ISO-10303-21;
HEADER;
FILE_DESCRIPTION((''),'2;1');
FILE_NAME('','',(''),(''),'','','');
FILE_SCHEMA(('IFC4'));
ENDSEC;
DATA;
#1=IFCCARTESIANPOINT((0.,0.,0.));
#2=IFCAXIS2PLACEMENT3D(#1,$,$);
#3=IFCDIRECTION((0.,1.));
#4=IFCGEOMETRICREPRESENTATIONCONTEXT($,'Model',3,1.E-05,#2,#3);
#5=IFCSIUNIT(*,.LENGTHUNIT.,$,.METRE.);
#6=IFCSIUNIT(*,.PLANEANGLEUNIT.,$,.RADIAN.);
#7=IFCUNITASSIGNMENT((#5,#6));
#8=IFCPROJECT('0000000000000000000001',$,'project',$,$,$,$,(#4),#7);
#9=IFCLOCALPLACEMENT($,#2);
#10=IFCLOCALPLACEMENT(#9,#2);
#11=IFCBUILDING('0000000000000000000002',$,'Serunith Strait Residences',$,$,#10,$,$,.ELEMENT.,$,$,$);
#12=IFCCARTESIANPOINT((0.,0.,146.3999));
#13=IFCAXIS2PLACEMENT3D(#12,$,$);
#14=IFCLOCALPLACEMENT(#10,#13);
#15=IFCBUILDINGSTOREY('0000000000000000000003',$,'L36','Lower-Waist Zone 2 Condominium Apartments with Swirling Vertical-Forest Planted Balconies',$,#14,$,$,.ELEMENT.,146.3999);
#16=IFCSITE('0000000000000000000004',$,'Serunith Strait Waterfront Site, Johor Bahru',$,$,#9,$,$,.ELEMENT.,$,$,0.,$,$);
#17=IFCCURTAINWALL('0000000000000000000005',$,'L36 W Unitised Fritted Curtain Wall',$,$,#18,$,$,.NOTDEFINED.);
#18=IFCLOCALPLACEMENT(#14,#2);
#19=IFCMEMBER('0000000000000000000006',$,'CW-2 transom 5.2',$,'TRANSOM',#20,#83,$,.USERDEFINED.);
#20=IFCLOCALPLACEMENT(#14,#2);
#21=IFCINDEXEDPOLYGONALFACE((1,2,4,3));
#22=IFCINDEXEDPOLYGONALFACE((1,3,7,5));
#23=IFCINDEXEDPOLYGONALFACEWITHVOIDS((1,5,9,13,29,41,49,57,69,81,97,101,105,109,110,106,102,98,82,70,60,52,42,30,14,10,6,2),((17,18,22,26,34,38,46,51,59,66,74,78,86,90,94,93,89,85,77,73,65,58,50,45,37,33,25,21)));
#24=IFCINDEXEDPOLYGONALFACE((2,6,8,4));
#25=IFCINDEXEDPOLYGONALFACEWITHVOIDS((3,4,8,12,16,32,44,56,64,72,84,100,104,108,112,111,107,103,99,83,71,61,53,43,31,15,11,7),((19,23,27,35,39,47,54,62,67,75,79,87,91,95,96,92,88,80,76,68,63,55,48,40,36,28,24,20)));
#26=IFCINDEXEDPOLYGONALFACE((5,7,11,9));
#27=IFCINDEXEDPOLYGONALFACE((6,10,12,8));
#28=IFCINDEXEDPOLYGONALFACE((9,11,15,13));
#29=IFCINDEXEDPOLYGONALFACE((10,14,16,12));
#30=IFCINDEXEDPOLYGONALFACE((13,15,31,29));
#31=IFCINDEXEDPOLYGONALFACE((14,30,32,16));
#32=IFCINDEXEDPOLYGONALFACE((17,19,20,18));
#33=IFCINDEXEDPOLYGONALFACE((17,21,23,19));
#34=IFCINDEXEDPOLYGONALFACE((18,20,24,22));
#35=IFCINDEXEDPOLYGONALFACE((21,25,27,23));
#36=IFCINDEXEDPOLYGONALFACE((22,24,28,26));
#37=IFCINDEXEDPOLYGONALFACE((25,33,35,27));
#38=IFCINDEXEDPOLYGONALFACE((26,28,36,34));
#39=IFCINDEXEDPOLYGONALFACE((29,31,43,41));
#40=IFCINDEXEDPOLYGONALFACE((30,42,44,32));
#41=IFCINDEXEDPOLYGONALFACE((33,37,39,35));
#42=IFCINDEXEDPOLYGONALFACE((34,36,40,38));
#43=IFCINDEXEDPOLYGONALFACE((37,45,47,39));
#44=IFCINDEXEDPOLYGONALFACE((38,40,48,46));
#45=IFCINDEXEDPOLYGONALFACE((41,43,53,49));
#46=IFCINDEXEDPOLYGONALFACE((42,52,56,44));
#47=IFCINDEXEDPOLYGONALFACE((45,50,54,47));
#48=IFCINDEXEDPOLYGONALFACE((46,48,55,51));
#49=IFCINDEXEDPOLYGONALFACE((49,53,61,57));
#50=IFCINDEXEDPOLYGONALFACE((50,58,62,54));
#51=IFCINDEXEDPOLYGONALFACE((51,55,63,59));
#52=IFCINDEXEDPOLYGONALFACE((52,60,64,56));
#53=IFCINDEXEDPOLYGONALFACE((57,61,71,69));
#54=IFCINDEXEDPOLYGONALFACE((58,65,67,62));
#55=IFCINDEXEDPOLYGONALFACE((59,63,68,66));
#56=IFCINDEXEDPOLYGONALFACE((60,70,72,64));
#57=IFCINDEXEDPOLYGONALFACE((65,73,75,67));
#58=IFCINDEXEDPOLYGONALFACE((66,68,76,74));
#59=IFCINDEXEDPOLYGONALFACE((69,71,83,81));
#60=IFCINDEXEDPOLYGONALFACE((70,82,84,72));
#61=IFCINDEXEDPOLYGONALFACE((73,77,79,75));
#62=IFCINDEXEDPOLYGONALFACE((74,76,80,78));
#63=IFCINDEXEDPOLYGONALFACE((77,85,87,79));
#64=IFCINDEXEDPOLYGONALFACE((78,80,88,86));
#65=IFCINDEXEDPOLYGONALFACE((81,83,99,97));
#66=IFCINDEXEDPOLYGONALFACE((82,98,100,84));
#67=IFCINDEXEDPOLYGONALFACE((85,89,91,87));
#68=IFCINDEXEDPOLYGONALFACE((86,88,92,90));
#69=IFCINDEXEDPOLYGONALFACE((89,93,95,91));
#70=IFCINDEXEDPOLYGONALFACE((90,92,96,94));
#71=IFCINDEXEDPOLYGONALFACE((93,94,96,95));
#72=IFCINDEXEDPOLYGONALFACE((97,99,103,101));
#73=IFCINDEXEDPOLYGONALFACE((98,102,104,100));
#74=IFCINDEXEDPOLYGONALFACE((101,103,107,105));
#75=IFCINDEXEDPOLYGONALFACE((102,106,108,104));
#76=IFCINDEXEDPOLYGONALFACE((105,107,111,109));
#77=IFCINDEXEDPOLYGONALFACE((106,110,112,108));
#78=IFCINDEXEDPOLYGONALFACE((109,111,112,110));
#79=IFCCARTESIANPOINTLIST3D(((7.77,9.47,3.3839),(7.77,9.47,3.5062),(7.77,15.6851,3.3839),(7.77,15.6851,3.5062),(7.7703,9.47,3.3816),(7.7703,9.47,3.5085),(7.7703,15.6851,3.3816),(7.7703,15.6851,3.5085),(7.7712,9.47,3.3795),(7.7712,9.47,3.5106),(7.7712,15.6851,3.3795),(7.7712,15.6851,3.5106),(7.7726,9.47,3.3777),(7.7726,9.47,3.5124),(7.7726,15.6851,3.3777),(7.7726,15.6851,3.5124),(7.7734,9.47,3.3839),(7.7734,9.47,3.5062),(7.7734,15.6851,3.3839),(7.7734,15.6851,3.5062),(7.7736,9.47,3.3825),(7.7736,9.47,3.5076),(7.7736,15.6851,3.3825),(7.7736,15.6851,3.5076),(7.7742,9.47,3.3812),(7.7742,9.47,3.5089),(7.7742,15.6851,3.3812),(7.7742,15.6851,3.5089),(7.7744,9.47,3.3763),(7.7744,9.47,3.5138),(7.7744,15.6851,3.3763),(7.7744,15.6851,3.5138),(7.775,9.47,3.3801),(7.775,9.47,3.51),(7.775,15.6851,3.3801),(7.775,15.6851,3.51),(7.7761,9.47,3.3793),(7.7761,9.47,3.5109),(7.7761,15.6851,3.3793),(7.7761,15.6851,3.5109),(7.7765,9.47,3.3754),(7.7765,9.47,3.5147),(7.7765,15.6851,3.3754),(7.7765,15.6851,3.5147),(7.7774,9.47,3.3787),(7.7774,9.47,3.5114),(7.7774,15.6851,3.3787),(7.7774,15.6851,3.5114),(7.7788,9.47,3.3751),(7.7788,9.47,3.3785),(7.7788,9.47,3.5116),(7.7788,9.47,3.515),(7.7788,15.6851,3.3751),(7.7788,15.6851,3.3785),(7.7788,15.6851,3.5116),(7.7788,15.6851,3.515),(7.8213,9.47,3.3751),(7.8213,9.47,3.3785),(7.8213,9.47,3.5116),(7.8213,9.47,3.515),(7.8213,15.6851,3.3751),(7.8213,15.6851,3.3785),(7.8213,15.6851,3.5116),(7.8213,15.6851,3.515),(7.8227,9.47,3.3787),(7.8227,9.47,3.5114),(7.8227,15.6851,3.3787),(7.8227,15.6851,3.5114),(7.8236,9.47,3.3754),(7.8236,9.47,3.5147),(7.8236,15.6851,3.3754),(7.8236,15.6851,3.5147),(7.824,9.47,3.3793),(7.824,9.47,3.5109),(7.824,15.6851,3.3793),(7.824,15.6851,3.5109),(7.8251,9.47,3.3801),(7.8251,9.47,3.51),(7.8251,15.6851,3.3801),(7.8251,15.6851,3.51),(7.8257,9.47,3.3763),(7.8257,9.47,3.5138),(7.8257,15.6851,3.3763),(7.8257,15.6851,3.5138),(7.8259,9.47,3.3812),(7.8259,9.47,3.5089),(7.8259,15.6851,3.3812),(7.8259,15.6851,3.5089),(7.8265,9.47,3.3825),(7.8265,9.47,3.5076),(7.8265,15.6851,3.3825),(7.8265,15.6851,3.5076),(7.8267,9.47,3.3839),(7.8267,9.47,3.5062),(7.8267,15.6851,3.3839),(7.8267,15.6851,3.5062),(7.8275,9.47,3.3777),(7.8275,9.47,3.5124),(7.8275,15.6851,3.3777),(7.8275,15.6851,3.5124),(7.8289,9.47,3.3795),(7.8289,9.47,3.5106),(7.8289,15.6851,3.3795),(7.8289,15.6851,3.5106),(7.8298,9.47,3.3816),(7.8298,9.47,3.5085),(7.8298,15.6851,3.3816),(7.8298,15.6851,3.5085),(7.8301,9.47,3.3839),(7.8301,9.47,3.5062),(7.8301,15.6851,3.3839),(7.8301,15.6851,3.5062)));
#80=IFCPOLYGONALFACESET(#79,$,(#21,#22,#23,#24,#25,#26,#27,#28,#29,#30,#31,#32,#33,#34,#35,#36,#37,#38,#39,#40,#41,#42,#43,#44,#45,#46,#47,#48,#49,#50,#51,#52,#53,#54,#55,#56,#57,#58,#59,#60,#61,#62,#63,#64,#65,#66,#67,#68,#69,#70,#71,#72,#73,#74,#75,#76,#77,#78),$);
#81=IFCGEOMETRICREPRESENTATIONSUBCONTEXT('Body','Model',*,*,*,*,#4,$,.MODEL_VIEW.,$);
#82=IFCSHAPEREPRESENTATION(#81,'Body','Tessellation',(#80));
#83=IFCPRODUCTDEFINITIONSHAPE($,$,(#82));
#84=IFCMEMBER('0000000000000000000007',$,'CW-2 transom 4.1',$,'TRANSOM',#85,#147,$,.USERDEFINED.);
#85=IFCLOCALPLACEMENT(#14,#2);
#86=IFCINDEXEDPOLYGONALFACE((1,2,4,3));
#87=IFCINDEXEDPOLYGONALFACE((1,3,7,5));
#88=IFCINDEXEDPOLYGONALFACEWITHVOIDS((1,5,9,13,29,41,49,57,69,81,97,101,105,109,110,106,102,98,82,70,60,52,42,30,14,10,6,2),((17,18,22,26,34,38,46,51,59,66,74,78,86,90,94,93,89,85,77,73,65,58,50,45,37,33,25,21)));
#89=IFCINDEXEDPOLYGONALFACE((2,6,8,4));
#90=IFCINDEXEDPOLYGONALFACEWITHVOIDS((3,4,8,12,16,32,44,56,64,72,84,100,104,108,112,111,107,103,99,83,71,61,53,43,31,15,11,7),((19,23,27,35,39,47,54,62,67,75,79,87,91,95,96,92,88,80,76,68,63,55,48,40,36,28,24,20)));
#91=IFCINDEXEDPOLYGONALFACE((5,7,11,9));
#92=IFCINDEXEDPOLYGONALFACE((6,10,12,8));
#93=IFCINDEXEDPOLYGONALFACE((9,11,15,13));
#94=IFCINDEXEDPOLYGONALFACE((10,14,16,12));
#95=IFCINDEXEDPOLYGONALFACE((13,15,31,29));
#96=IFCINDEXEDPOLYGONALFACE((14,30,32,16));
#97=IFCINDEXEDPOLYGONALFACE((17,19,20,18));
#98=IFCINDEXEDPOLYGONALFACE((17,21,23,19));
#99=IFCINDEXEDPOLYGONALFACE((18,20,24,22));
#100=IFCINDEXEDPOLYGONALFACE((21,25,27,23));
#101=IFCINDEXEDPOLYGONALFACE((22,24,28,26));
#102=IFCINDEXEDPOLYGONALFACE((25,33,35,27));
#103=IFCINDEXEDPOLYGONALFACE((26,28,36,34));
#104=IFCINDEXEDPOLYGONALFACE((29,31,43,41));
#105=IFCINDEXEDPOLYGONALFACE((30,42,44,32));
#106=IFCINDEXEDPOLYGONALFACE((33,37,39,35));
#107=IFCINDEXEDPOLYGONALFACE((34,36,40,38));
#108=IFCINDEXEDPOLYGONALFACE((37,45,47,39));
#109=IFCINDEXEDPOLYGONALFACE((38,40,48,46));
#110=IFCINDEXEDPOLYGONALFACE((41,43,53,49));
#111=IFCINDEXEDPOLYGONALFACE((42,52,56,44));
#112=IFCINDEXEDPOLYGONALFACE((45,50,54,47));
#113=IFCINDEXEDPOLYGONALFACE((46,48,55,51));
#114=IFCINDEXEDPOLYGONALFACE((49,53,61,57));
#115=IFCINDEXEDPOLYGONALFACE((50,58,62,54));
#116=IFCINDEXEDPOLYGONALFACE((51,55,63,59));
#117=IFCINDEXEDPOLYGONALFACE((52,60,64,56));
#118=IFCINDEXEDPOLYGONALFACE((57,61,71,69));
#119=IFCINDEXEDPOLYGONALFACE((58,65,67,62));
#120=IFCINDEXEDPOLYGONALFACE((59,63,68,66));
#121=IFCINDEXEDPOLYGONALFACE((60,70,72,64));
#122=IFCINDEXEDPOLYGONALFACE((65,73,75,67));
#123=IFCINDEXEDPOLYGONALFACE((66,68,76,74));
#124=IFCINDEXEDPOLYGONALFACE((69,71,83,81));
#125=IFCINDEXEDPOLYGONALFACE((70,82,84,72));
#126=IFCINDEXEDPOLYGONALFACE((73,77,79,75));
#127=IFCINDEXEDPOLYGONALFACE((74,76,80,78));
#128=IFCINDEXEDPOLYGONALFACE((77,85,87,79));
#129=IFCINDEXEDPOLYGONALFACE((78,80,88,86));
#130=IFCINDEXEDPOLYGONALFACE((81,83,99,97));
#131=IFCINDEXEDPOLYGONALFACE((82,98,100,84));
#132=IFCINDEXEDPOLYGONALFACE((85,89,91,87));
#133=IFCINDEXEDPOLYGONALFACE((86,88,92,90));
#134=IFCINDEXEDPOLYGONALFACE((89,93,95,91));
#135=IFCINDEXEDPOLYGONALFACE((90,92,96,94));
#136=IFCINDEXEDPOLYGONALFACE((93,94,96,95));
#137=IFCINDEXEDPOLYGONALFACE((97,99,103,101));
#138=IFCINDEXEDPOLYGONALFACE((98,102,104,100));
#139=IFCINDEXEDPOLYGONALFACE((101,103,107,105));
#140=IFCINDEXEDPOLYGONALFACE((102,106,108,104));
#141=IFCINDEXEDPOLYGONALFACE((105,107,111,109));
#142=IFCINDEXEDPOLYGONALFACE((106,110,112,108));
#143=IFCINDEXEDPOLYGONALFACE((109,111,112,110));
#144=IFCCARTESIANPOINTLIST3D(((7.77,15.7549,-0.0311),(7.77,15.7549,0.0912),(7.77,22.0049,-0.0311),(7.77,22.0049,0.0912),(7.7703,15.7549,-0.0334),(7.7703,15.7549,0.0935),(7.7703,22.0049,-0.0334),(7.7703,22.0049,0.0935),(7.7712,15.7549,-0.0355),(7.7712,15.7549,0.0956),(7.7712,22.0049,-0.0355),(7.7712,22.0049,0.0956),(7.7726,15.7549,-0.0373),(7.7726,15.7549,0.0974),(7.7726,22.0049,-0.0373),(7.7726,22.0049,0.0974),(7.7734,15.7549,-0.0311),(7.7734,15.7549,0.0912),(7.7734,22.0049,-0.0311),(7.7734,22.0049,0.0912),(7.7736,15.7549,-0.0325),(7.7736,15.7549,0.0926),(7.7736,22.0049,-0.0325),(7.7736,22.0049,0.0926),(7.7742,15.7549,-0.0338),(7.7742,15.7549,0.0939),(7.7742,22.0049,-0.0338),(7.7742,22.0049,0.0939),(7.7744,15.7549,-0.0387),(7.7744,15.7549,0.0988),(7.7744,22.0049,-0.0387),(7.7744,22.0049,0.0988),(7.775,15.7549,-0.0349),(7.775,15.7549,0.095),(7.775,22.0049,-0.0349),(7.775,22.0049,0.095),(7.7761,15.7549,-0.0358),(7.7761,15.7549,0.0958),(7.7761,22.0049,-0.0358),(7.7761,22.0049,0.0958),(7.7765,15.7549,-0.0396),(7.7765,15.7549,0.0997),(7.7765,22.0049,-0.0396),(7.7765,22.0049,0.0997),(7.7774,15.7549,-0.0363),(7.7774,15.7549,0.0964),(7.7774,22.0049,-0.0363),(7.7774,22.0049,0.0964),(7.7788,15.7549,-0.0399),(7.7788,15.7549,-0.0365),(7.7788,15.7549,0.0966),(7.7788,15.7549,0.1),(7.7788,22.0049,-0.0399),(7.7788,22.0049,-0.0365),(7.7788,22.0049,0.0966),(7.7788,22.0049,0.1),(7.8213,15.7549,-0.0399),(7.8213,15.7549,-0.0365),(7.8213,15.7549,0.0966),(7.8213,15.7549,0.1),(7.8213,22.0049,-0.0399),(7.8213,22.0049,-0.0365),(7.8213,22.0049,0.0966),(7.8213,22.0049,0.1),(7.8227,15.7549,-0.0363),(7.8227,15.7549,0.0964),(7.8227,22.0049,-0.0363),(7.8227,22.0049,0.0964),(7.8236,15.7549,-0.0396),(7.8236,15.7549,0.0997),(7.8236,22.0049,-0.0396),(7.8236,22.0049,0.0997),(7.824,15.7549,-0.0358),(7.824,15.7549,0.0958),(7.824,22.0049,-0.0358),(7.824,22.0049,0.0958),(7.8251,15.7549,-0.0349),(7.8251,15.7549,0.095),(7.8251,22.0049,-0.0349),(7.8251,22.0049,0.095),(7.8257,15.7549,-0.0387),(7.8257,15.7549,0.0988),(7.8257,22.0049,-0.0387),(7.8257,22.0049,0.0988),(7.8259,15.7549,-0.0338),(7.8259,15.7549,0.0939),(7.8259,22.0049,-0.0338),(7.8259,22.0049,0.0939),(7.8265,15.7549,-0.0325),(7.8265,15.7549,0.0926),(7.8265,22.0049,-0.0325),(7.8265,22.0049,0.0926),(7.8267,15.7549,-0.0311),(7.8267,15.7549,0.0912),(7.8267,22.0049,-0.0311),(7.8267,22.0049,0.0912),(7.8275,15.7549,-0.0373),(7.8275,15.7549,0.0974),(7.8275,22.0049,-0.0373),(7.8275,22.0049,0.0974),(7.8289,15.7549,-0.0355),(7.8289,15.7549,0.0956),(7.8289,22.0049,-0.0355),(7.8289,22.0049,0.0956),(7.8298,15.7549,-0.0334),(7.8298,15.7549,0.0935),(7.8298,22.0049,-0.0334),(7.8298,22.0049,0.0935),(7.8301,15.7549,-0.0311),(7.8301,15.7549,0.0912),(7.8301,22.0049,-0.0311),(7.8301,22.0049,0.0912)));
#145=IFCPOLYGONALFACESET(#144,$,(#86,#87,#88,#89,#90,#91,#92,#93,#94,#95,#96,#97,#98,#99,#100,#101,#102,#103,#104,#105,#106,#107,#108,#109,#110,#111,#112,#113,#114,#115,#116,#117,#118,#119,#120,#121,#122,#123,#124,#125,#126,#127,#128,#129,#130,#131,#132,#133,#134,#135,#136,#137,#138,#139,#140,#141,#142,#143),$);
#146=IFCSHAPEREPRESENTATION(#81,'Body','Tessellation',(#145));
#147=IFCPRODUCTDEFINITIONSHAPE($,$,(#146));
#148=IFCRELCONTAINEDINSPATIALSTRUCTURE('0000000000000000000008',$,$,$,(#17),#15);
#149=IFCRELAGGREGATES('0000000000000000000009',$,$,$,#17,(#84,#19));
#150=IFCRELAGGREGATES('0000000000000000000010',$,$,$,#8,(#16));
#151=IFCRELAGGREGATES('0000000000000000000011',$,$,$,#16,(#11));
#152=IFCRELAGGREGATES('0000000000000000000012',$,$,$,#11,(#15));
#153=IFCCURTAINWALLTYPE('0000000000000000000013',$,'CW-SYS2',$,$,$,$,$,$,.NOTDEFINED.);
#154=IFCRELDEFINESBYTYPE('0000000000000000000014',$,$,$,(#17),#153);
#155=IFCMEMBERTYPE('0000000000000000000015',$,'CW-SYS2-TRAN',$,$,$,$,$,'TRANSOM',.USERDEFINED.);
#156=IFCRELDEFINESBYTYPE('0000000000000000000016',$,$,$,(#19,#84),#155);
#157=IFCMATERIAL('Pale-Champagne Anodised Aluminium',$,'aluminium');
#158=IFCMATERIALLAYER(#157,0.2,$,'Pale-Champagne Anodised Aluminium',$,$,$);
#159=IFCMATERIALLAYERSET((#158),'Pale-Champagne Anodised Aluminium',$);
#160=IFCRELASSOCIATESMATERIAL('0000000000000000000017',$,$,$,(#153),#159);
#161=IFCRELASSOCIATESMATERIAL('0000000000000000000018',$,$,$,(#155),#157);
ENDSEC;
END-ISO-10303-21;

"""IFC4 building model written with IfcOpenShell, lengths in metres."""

from ifc_helpers import new_model, si_unit, direction, frame, origin, origin_2d, place, context, subcontext, project, spatial, hollow_rectangle, extrude, source, transform, mapped, material, layer, layer_set, material_profile, profile_set, type_object, element, aggregate, save


model = new_model("IFC4")

# Units and contexts
model_context = context("Model", 3, precision=1e-05, world=origin(), true_north=direction((0.0, 1.0)))
body_context = subcontext(model_context, "Body", "Model", "MODEL_VIEW")
ifc_project = project(units=[si_unit("LENGTHUNIT", "METRE"), si_unit("PLANEANGLEUNIT", "RADIAN")], contexts=[model_context])

# Site, building, storey
site_placement = place(None, origin())
site = spatial("IfcSite", under=ifc_project, at=site_placement, Name="Serunith Strait Waterfront Site, Johor Bahru", CompositionType="ELEMENT", RefElevation=0.0)
building_placement = place(site_placement, origin())
building = spatial("IfcBuilding", under=site, at=building_placement, Name="Serunith Strait Residences", CompositionType="ELEMENT")
storey_placement = place(building_placement, frame((0.0, 0.0, 146.3999)))
storey = spatial("IfcBuildingStorey", under=building, at=storey_placement, Name="L36", Description="Lower-Waist Zone 2 Condominium Apartments with Swirling Vertical-Forest Planted Balconies", CompositionType="ELEMENT", Elevation=146.3999)

# Curtain wall, members
ifc_material_1 = material(Name="Pale-Champagne Anodised Aluminium", Category="aluminium")
ifc_layer_1 = layer(ifc_material_1, 0.2, Name="Pale-Champagne Anodised Aluminium")
ifc_layer_set_1 = layer_set([ifc_layer_1], Name="Pale-Champagne Anodised Aluminium")
curtain_wall_type = type_object("IfcCurtainWallType", Name="CW-SYS2", PredefinedType="NOTDEFINED", material=ifc_layer_set_1)
curtain_wall_placement = place(storey_placement, origin())
curtain_wall = element("IfcCurtainWall", 1, at=curtain_wall_placement, inside=storey, type_object=curtain_wall_type, Name="L36 W Unitised Fritted Curtain Wall", PredefinedType="NOTDEFINED")
ifc_material_profile_1 = material_profile(ifc_material_1, hollow_rectangle(XDim=0.0601, YDim=0.1399, WallThickness=0.0034, InnerFilletRadius=0.0054, OuterFilletRadius=0.0088, at=origin_2d()), Name="ALU 140x60x3.5")
ifc_profile_set_1 = profile_set([ifc_material_profile_1], Name="Pale-Champagne Anodised Aluminium")
member_type_1 = type_object("IfcMemberType", Name="CW-SYS2-TRAN", ElementType="TRANSOM", PredefinedType="USERDEFINED", material=ifc_profile_set_1)
shared_shape_1 = source(origin(), body_context, "Body", "SweptSolid", [
    extrude(hollow_rectangle(XDim=0.0601, YDim=0.1399, WallThickness=0.0034, InnerFilletRadius=0.0054, OuterFilletRadius=0.0088, at=origin_2d()), origin(), (0.0, 0.0, 1.0), 6.2151),
])
member_1_placement = place(storey_placement, frame((7.8, 15.6851, 3.4451), z_axis=(0.0, -1.0, 0.0), x_axis=(1.0, 0.0, 0.0)))
member_1 = element("IfcMember", 2, at=member_1_placement, type_object=member_type_1, Name="CW-2 transom 5.2", ObjectType="TRANSOM", PredefinedType="USERDEFINED", context=body_context, shape_type="MappedRepresentation", body=[
    mapped(shared_shape_1, transform((0.0, 0.0, 0.0), scale=1.0)),
])
shared_shape_2 = source(origin(), body_context, "Body", "SweptSolid", [
    extrude(hollow_rectangle(XDim=0.0601, YDim=0.1399, WallThickness=0.0034, InnerFilletRadius=0.0054, OuterFilletRadius=0.0088, at=origin_2d()), origin(), (0.0, 0.0, 1.0), 6.25),
])
member_2_placement = place(storey_placement, frame((7.8, 22.0049, 0.03), z_axis=(0.0, -1.0, 0.0), x_axis=(1.0, 0.0, 0.0)))
member_2 = element("IfcMember", 3, at=member_2_placement, type_object=member_type_1, Name="CW-2 transom 4.1", ObjectType="TRANSOM", PredefinedType="USERDEFINED", context=body_context, shape_type="MappedRepresentation", body=[
    mapped(shared_shape_2, transform((0.0, 0.0, 0.0), scale=1.0)),
])
aggregate(curtain_wall, [member_2, member_1])

save(model, "model.ifc")
